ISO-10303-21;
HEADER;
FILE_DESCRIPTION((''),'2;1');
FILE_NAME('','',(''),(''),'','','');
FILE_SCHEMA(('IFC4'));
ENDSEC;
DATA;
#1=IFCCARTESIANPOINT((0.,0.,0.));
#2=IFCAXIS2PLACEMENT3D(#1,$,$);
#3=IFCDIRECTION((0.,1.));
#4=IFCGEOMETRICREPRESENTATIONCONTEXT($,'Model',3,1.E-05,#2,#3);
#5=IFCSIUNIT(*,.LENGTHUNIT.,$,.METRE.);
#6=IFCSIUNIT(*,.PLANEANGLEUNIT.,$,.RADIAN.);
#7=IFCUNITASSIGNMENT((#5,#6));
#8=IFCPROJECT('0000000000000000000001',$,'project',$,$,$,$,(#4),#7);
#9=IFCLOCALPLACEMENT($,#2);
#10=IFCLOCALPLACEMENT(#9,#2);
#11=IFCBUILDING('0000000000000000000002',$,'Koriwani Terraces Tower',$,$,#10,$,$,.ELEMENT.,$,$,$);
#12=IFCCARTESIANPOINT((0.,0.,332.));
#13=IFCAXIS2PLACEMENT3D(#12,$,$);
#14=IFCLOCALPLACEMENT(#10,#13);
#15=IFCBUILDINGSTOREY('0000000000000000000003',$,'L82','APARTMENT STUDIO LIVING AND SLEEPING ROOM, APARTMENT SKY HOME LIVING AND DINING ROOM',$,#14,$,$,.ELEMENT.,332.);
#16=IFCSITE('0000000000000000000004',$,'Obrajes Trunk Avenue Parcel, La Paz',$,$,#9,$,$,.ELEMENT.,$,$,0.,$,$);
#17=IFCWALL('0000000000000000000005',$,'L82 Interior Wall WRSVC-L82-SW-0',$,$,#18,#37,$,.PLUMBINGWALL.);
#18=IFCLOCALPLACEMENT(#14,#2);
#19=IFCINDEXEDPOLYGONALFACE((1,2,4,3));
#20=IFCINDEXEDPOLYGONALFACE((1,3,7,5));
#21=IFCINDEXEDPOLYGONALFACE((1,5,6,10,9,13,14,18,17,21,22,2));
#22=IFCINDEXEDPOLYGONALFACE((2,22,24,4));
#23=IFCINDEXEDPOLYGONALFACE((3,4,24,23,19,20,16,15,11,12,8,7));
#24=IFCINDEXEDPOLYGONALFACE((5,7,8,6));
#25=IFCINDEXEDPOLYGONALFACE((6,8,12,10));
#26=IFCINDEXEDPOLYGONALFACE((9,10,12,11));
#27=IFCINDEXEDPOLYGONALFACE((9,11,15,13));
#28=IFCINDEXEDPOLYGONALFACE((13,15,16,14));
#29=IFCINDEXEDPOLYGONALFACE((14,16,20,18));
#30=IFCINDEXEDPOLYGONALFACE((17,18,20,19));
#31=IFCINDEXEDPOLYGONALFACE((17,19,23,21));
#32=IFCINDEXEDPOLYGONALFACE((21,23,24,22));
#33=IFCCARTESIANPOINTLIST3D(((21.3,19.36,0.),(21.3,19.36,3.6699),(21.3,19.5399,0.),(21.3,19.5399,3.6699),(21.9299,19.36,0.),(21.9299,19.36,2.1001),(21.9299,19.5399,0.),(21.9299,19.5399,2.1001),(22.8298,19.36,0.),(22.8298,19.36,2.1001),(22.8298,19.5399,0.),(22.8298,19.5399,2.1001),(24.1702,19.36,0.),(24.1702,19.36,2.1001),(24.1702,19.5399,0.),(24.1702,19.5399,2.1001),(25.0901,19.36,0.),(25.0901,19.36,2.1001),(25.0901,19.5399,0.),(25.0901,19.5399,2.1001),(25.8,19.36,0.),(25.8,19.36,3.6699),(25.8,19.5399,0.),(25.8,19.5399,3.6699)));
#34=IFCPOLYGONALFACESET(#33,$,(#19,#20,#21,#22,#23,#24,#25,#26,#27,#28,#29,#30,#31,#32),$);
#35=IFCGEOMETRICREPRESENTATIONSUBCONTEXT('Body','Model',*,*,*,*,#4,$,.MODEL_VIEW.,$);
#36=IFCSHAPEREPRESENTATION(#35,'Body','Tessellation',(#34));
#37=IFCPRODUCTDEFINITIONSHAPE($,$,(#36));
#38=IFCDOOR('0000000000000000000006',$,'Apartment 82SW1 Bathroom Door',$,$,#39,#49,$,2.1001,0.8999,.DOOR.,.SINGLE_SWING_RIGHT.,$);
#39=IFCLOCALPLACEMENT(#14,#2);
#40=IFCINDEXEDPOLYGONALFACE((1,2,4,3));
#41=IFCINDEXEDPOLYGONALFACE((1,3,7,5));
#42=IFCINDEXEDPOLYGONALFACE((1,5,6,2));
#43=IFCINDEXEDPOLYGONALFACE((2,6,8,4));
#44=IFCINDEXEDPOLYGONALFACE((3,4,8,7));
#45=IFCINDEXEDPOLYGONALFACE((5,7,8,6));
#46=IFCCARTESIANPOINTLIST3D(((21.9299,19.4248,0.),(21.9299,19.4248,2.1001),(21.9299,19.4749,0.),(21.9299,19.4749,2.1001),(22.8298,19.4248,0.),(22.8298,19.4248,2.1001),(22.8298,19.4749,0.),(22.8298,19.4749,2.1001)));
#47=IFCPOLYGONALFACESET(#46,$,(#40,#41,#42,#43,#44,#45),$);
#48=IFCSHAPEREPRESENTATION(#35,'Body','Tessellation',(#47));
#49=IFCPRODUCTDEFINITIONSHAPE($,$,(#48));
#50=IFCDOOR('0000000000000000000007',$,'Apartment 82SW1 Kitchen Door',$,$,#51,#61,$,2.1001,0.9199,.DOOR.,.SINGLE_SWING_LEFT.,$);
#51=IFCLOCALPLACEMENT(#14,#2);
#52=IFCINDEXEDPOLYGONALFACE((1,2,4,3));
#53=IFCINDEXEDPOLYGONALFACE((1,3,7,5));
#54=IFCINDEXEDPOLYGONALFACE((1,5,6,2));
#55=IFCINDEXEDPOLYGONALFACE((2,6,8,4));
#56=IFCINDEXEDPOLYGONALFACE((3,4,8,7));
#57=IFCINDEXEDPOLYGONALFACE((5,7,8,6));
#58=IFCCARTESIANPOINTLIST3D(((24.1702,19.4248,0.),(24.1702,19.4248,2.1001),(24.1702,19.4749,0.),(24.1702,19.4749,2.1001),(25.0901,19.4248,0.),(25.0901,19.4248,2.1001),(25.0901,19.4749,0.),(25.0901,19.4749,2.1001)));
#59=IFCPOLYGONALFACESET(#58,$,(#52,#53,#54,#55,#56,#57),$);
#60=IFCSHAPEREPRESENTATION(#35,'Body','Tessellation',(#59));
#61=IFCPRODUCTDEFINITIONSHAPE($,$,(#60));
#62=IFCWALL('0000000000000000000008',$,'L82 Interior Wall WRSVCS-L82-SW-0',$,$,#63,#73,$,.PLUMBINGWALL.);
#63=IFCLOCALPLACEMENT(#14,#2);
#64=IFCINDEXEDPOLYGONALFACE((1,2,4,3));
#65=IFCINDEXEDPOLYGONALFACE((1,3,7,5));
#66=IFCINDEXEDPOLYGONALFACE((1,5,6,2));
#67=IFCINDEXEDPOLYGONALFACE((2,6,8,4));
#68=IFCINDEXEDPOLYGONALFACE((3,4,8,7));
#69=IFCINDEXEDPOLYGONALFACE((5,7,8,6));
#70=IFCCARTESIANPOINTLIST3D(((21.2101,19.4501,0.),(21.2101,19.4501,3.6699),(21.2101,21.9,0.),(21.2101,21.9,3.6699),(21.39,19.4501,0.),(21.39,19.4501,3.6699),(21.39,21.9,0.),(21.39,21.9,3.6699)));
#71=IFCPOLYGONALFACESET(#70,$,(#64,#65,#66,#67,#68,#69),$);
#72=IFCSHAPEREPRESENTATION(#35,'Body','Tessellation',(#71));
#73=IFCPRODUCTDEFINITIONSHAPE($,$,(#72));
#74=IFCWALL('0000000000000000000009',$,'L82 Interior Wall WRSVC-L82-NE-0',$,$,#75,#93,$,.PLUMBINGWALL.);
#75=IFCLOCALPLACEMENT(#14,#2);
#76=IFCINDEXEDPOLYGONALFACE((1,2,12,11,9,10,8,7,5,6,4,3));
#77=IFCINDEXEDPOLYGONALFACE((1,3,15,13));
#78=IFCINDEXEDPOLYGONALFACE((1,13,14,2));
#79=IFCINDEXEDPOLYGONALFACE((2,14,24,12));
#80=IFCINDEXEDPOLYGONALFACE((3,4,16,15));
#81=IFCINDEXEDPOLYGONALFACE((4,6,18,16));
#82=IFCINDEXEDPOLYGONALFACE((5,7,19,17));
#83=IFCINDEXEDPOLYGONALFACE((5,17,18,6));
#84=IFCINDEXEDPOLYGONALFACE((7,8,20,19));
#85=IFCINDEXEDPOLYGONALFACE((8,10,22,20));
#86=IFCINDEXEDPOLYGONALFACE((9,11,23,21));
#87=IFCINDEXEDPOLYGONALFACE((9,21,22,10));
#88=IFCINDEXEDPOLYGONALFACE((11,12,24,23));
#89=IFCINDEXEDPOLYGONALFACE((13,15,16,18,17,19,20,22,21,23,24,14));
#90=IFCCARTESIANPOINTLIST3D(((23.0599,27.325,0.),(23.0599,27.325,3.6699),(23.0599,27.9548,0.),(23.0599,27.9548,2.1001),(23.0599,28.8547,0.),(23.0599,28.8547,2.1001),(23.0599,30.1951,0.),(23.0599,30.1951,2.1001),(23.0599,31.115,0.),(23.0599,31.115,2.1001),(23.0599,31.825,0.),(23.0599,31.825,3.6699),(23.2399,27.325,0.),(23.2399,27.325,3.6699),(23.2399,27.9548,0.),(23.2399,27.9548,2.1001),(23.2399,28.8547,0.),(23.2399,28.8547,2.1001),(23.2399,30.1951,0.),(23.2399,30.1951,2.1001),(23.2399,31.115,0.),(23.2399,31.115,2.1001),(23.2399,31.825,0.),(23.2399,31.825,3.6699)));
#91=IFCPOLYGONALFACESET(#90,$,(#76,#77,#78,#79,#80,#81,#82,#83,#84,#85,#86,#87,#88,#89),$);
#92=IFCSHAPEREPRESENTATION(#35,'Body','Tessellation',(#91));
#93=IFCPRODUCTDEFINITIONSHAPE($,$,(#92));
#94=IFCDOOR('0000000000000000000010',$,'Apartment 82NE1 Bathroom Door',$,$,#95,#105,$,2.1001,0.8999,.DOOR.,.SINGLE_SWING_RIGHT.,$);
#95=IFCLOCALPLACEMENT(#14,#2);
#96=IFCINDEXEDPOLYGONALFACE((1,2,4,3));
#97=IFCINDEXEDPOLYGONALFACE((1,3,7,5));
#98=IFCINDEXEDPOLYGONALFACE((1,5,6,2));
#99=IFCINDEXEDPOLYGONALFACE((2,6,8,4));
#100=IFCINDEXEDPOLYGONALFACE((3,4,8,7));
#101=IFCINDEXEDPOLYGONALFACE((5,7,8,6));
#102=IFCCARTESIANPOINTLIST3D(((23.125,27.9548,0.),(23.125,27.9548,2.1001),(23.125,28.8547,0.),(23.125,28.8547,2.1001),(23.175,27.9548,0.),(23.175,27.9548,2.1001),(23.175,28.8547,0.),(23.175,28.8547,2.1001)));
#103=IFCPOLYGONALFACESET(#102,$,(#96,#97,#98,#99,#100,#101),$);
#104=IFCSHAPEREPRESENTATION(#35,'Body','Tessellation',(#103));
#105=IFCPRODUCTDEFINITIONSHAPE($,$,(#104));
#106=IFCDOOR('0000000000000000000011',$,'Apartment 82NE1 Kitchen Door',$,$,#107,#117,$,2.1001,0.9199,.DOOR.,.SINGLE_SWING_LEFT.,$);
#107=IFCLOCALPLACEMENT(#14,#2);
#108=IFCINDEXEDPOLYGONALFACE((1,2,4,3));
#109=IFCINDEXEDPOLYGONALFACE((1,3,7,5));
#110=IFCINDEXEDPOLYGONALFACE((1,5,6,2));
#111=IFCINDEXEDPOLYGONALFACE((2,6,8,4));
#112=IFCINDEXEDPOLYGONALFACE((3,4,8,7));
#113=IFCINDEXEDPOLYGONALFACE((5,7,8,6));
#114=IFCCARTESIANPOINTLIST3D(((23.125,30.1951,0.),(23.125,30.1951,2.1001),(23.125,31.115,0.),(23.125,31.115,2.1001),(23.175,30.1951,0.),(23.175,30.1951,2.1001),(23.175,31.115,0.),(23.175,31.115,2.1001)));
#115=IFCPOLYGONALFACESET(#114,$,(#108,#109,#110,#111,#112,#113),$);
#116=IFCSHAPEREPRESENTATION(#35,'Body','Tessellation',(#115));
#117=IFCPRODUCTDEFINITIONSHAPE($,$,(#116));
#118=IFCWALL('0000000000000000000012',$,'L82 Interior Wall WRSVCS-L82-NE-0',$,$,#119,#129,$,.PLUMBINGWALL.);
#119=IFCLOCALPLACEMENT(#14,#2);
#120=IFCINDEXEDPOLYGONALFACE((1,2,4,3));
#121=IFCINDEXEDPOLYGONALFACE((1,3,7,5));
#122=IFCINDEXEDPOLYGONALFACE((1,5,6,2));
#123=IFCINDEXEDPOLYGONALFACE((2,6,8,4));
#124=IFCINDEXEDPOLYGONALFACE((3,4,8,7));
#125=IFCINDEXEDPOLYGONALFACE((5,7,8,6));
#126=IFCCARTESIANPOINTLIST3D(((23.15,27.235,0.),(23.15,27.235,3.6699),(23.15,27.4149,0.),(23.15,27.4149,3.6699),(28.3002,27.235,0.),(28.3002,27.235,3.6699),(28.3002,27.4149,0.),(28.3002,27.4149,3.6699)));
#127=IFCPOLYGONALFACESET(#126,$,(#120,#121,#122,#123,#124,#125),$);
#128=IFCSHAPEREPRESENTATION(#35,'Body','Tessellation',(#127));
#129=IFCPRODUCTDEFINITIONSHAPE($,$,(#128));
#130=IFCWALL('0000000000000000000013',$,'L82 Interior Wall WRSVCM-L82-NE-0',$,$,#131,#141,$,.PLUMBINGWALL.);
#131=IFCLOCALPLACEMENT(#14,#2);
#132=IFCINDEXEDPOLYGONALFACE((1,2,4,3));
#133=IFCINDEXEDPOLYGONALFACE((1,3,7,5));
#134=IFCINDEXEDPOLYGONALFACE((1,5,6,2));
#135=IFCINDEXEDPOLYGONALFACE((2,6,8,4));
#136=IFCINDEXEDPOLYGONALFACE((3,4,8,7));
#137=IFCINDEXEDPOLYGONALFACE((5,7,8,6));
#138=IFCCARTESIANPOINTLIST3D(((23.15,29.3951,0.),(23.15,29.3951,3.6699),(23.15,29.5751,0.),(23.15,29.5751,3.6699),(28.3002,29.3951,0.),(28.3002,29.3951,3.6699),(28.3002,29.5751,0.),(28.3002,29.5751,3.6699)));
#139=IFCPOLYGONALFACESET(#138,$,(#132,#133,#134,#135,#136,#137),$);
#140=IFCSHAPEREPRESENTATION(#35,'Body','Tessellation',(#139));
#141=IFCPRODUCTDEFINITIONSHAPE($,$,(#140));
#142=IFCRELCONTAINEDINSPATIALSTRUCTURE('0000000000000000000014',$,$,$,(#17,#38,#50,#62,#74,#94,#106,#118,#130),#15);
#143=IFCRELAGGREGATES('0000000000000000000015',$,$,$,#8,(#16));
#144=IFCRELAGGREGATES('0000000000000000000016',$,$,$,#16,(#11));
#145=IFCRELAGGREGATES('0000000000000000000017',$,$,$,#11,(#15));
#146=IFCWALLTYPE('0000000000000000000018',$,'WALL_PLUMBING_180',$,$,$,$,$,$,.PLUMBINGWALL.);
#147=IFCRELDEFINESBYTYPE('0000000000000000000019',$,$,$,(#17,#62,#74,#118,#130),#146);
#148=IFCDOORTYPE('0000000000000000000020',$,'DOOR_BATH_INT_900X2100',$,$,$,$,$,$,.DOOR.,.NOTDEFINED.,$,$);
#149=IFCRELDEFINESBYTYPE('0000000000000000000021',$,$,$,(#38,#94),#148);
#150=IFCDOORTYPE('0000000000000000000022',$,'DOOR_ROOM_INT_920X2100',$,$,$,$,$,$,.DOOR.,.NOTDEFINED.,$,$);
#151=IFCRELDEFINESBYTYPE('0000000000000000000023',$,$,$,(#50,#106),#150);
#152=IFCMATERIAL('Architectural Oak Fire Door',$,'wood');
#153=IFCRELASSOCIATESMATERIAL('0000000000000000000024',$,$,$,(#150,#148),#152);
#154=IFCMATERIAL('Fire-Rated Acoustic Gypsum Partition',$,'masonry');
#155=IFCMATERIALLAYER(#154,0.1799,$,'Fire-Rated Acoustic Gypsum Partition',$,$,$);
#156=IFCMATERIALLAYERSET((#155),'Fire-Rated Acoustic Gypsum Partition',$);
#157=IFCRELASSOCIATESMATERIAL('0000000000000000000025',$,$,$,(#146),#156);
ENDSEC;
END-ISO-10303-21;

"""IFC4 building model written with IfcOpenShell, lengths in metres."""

from ifc_helpers import new_model, si_unit, direction, frame, frame_2d, origin, place, context, subcontext, project, spatial, rectangle, extrude, material, layer, layer_set, type_object, element, fill, save


model = new_model("IFC4")

# Units and contexts
model_context = context("Model", 3, precision=1e-05, world=origin(), true_north=direction((0.0, 1.0)))
body_context = subcontext(model_context, "Body", "Model", "MODEL_VIEW")
ifc_project = project(units=[si_unit("LENGTHUNIT", "METRE"), si_unit("PLANEANGLEUNIT", "RADIAN")], contexts=[model_context])

# Site, building, storey
site_placement = place(None, origin())
site = spatial("IfcSite", under=ifc_project, at=site_placement, Name="Obrajes Trunk Avenue Parcel, La Paz", CompositionType="ELEMENT", RefElevation=0.0)
building_placement = place(site_placement, origin())
building = spatial("IfcBuilding", under=site, at=building_placement, Name="Koriwani Terraces Tower", CompositionType="ELEMENT")
storey_placement = place(building_placement, frame((0.0, 0.0, 332.0)))
storey = spatial("IfcBuildingStorey", under=building, at=storey_placement, Name="L82", Description="APARTMENT STUDIO LIVING AND SLEEPING ROOM, APARTMENT SKY HOME LIVING AND DINING ROOM", CompositionType="ELEMENT", Elevation=332.0)

# Shared definitions
ifc_material_1 = material(Name="Architectural Oak Fire Door", Category="wood")

# Wall, openings, doors
ifc_material_2 = material(Name="Fire-Rated Acoustic Gypsum Partition", Category="masonry")
door_type_1 = type_object("IfcDoorType", Name="DOOR_ROOM_INT_920X2100", OperationType="NOTDEFINED", PredefinedType="DOOR", material=ifc_material_1)
ifc_layer_1 = layer(ifc_material_2, 0.1799, Name="Fire-Rated Acoustic Gypsum Partition")
ifc_layer_set_1 = layer_set([ifc_layer_1], Name="Fire-Rated Acoustic Gypsum Partition")
wall_type_1 = type_object("IfcWallType", Name="WALL_PLUMBING_180", PredefinedType="PLUMBINGWALL", material=ifc_layer_set_1)
wall_1_placement = place(storey_placement, frame((21.3, 19.45, 0.0), z_axis=(0.0, 0.0, 1.0), x_axis=(1.0, 0.0, 0.0)))
wall_1 = element("IfcWall", 1, at=wall_1_placement, inside=storey, type_object=wall_type_1, Name="L82 Interior Wall WRSVC-L82-SW-0", PredefinedType="PLUMBINGWALL", context=body_context, shape_type="SweptSolid", body=[
    extrude(rectangle(XDim=4.5, YDim=0.1799, at=frame_2d((2.25, 0.0))), origin(), (0.0, 0.0, 1.0), 3.6699),
])
opening_1_placement = place(wall_1_placement, frame((0.6299, 0.0, 0.0)))
opening_1 = element("IfcOpeningElement", 2, at=opening_1_placement, cuts=wall_1, PredefinedType="OPENING", context=body_context, shape_type="SweptSolid", body=[
    extrude(rectangle(XDim=0.8999, YDim=2.1001, at=frame_2d((0.45, 1.05))), frame((0.0, 0.1001, 0.0), z_axis=(0.0, -1.0, 0.0), x_axis=(1.0, 0.0, 0.0)), (0.0, 0.0, 1.0), 0.2),
])
opening_2_placement = place(wall_1_placement, frame((2.8701, 0.0, 0.0)))
opening_2 = element("IfcOpeningElement", 3, at=opening_2_placement, cuts=wall_1, PredefinedType="OPENING", context=body_context, shape_type="SweptSolid", body=[
    extrude(rectangle(XDim=0.9199, YDim=2.1001, at=frame_2d((0.46, 1.05))), frame((0.0, 0.1001, 0.0), z_axis=(0.0, -1.0, 0.0), x_axis=(1.0, 0.0, 0.0)), (0.0, 0.0, 1.0), 0.2),
])
door_type_2 = type_object("IfcDoorType", Name="DOOR_BATH_INT_900X2100", OperationType="NOTDEFINED", PredefinedType="DOOR", material=ifc_material_1)
door_1_placement = place(opening_1_placement, origin())
door_1 = element("IfcDoor", 4, at=door_1_placement, inside=storey, type_object=door_type_2, Name="Apartment 82SW1 Bathroom Door", OperationType="SINGLE_SWING_RIGHT", OverallHeight=2.1001, OverallWidth=0.8999, PredefinedType="DOOR", context=body_context, shape_type="SweptSolid", body=[
    extrude(rectangle(XDim=0.8999, YDim=2.1001, at=frame_2d((0.45, 1.05))), frame((0.0, 0.0249, 0.0), z_axis=(0.0, -1.0, 0.0), x_axis=(1.0, 0.0, 0.0)), (0.0, 0.0, 1.0), 0.05),
])
fill(opening_1, door_1)
door_2_placement = place(opening_2_placement, origin())
door_2 = element("IfcDoor", 5, at=door_2_placement, inside=storey, type_object=door_type_1, Name="Apartment 82SW1 Kitchen Door", OperationType="SINGLE_SWING_LEFT", OverallHeight=2.1001, OverallWidth=0.9199, PredefinedType="DOOR", context=body_context, shape_type="SweptSolid", body=[
    extrude(rectangle(XDim=0.9199, YDim=2.1001, at=frame_2d((0.46, 1.05))), frame((0.0, 0.0249, 0.0), z_axis=(0.0, -1.0, 0.0), x_axis=(1.0, 0.0, 0.0)), (0.0, 0.0, 1.0), 0.05),
])
fill(opening_2, door_2)

# Wall
wall_2_placement = place(storey_placement, frame((21.3, 19.45, 0.0), z_axis=(0.0, 0.0, 1.0), x_axis=(0.0, 1.0, 0.0)))
element("IfcWall", 6, at=wall_2_placement, inside=storey, type_object=wall_type_1, Name="L82 Interior Wall WRSVCS-L82-SW-0", PredefinedType="PLUMBINGWALL", context=body_context, shape_type="SweptSolid", body=[
    extrude(rectangle(XDim=2.45, YDim=0.1799, at=frame_2d((1.2251, 0.0))), origin(), (0.0, 0.0, 1.0), 3.6699),
])

# Wall, openings, doors
wall_3_placement = place(storey_placement, frame((23.1499, 27.325, 0.0), z_axis=(0.0, 0.0, 1.0), x_axis=(0.0, 1.0, 0.0)))
wall_3 = element("IfcWall", 7, at=wall_3_placement, inside=storey, type_object=wall_type_1, Name="L82 Interior Wall WRSVC-L82-NE-0", PredefinedType="PLUMBINGWALL", context=body_context, shape_type="SweptSolid", body=[
    extrude(rectangle(XDim=4.5, YDim=0.1799, at=frame_2d((2.25, 0.0))), origin(), (0.0, 0.0, 1.0), 3.6699),
])
opening_3_placement = place(wall_3_placement, frame((0.6299, 0.0, 0.0)))
opening_3 = element("IfcOpeningElement", 8, at=opening_3_placement, cuts=wall_3, PredefinedType="OPENING", context=body_context, shape_type="SweptSolid", body=[
    extrude(rectangle(XDim=0.8999, YDim=2.1001, at=frame_2d((0.45, 1.05))), frame((0.0, 0.1001, 0.0), z_axis=(0.0, -1.0, 0.0), x_axis=(1.0, 0.0, 0.0)), (0.0, 0.0, 1.0), 0.2),
])
opening_4_placement = place(wall_3_placement, frame((2.8701, 0.0, 0.0)))
opening_4 = element("IfcOpeningElement", 9, at=opening_4_placement, cuts=wall_3, PredefinedType="OPENING", context=body_context, shape_type="SweptSolid", body=[
    extrude(rectangle(XDim=0.9199, YDim=2.1001, at=frame_2d((0.46, 1.05))), frame((0.0, 0.1001, 0.0), z_axis=(0.0, -1.0, 0.0), x_axis=(1.0, 0.0, 0.0)), (0.0, 0.0, 1.0), 0.2),
])
door_3_placement = place(opening_3_placement, origin())
door_3 = element("IfcDoor", 10, at=door_3_placement, inside=storey, type_object=door_type_2, Name="Apartment 82NE1 Bathroom Door", OperationType="SINGLE_SWING_RIGHT", OverallHeight=2.1001, OverallWidth=0.8999, PredefinedType="DOOR", context=body_context, shape_type="SweptSolid", body=[
    extrude(rectangle(XDim=0.8999, YDim=2.1001, at=frame_2d((0.45, 1.05))), frame((0.0, 0.0249, 0.0), z_axis=(0.0, -1.0, 0.0), x_axis=(1.0, 0.0, 0.0)), (0.0, 0.0, 1.0), 0.05),
])
fill(opening_3, door_3)
door_4_placement = place(opening_4_placement, origin())
door_4 = element("IfcDoor", 11, at=door_4_placement, inside=storey, type_object=door_type_1, Name="Apartment 82NE1 Kitchen Door", OperationType="SINGLE_SWING_LEFT", OverallHeight=2.1001, OverallWidth=0.9199, PredefinedType="DOOR", context=body_context, shape_type="SweptSolid", body=[
    extrude(rectangle(XDim=0.9199, YDim=2.1001, at=frame_2d((0.46, 1.05))), frame((0.0, 0.0249, 0.0), z_axis=(0.0, -1.0, 0.0), x_axis=(1.0, 0.0, 0.0)), (0.0, 0.0, 1.0), 0.05),
])
fill(opening_4, door_4)

# Walls
for number, where, z_axis, x_axis, name in (
    (12, (23.1499, 27.325, 0.0), (0.0, 0.0, 1.0), (1.0, 0.0, 0.0), "L82 Interior Wall WRSVCS-L82-NE-0"),
    (13, (23.1499, 29.4851, 0.0), (0.0, 0.0, 1.0), (1.0, 0.0, 0.0), "L82 Interior Wall WRSVCM-L82-NE-0"),
):
    element("IfcWall", number, at=place(storey_placement, frame(where, z_axis=z_axis, x_axis=x_axis)), inside=storey, type_object=wall_type_1, Name=name, PredefinedType="PLUMBINGWALL", context=body_context, shape_type="SweptSolid", body=[
        extrude(rectangle(XDim=5.1501, YDim=0.1799, at=frame_2d((2.5752, 0.0))), origin(), (0.0, 0.0, 1.0), 3.6699),
    ])

save(model, "model.ifc")
